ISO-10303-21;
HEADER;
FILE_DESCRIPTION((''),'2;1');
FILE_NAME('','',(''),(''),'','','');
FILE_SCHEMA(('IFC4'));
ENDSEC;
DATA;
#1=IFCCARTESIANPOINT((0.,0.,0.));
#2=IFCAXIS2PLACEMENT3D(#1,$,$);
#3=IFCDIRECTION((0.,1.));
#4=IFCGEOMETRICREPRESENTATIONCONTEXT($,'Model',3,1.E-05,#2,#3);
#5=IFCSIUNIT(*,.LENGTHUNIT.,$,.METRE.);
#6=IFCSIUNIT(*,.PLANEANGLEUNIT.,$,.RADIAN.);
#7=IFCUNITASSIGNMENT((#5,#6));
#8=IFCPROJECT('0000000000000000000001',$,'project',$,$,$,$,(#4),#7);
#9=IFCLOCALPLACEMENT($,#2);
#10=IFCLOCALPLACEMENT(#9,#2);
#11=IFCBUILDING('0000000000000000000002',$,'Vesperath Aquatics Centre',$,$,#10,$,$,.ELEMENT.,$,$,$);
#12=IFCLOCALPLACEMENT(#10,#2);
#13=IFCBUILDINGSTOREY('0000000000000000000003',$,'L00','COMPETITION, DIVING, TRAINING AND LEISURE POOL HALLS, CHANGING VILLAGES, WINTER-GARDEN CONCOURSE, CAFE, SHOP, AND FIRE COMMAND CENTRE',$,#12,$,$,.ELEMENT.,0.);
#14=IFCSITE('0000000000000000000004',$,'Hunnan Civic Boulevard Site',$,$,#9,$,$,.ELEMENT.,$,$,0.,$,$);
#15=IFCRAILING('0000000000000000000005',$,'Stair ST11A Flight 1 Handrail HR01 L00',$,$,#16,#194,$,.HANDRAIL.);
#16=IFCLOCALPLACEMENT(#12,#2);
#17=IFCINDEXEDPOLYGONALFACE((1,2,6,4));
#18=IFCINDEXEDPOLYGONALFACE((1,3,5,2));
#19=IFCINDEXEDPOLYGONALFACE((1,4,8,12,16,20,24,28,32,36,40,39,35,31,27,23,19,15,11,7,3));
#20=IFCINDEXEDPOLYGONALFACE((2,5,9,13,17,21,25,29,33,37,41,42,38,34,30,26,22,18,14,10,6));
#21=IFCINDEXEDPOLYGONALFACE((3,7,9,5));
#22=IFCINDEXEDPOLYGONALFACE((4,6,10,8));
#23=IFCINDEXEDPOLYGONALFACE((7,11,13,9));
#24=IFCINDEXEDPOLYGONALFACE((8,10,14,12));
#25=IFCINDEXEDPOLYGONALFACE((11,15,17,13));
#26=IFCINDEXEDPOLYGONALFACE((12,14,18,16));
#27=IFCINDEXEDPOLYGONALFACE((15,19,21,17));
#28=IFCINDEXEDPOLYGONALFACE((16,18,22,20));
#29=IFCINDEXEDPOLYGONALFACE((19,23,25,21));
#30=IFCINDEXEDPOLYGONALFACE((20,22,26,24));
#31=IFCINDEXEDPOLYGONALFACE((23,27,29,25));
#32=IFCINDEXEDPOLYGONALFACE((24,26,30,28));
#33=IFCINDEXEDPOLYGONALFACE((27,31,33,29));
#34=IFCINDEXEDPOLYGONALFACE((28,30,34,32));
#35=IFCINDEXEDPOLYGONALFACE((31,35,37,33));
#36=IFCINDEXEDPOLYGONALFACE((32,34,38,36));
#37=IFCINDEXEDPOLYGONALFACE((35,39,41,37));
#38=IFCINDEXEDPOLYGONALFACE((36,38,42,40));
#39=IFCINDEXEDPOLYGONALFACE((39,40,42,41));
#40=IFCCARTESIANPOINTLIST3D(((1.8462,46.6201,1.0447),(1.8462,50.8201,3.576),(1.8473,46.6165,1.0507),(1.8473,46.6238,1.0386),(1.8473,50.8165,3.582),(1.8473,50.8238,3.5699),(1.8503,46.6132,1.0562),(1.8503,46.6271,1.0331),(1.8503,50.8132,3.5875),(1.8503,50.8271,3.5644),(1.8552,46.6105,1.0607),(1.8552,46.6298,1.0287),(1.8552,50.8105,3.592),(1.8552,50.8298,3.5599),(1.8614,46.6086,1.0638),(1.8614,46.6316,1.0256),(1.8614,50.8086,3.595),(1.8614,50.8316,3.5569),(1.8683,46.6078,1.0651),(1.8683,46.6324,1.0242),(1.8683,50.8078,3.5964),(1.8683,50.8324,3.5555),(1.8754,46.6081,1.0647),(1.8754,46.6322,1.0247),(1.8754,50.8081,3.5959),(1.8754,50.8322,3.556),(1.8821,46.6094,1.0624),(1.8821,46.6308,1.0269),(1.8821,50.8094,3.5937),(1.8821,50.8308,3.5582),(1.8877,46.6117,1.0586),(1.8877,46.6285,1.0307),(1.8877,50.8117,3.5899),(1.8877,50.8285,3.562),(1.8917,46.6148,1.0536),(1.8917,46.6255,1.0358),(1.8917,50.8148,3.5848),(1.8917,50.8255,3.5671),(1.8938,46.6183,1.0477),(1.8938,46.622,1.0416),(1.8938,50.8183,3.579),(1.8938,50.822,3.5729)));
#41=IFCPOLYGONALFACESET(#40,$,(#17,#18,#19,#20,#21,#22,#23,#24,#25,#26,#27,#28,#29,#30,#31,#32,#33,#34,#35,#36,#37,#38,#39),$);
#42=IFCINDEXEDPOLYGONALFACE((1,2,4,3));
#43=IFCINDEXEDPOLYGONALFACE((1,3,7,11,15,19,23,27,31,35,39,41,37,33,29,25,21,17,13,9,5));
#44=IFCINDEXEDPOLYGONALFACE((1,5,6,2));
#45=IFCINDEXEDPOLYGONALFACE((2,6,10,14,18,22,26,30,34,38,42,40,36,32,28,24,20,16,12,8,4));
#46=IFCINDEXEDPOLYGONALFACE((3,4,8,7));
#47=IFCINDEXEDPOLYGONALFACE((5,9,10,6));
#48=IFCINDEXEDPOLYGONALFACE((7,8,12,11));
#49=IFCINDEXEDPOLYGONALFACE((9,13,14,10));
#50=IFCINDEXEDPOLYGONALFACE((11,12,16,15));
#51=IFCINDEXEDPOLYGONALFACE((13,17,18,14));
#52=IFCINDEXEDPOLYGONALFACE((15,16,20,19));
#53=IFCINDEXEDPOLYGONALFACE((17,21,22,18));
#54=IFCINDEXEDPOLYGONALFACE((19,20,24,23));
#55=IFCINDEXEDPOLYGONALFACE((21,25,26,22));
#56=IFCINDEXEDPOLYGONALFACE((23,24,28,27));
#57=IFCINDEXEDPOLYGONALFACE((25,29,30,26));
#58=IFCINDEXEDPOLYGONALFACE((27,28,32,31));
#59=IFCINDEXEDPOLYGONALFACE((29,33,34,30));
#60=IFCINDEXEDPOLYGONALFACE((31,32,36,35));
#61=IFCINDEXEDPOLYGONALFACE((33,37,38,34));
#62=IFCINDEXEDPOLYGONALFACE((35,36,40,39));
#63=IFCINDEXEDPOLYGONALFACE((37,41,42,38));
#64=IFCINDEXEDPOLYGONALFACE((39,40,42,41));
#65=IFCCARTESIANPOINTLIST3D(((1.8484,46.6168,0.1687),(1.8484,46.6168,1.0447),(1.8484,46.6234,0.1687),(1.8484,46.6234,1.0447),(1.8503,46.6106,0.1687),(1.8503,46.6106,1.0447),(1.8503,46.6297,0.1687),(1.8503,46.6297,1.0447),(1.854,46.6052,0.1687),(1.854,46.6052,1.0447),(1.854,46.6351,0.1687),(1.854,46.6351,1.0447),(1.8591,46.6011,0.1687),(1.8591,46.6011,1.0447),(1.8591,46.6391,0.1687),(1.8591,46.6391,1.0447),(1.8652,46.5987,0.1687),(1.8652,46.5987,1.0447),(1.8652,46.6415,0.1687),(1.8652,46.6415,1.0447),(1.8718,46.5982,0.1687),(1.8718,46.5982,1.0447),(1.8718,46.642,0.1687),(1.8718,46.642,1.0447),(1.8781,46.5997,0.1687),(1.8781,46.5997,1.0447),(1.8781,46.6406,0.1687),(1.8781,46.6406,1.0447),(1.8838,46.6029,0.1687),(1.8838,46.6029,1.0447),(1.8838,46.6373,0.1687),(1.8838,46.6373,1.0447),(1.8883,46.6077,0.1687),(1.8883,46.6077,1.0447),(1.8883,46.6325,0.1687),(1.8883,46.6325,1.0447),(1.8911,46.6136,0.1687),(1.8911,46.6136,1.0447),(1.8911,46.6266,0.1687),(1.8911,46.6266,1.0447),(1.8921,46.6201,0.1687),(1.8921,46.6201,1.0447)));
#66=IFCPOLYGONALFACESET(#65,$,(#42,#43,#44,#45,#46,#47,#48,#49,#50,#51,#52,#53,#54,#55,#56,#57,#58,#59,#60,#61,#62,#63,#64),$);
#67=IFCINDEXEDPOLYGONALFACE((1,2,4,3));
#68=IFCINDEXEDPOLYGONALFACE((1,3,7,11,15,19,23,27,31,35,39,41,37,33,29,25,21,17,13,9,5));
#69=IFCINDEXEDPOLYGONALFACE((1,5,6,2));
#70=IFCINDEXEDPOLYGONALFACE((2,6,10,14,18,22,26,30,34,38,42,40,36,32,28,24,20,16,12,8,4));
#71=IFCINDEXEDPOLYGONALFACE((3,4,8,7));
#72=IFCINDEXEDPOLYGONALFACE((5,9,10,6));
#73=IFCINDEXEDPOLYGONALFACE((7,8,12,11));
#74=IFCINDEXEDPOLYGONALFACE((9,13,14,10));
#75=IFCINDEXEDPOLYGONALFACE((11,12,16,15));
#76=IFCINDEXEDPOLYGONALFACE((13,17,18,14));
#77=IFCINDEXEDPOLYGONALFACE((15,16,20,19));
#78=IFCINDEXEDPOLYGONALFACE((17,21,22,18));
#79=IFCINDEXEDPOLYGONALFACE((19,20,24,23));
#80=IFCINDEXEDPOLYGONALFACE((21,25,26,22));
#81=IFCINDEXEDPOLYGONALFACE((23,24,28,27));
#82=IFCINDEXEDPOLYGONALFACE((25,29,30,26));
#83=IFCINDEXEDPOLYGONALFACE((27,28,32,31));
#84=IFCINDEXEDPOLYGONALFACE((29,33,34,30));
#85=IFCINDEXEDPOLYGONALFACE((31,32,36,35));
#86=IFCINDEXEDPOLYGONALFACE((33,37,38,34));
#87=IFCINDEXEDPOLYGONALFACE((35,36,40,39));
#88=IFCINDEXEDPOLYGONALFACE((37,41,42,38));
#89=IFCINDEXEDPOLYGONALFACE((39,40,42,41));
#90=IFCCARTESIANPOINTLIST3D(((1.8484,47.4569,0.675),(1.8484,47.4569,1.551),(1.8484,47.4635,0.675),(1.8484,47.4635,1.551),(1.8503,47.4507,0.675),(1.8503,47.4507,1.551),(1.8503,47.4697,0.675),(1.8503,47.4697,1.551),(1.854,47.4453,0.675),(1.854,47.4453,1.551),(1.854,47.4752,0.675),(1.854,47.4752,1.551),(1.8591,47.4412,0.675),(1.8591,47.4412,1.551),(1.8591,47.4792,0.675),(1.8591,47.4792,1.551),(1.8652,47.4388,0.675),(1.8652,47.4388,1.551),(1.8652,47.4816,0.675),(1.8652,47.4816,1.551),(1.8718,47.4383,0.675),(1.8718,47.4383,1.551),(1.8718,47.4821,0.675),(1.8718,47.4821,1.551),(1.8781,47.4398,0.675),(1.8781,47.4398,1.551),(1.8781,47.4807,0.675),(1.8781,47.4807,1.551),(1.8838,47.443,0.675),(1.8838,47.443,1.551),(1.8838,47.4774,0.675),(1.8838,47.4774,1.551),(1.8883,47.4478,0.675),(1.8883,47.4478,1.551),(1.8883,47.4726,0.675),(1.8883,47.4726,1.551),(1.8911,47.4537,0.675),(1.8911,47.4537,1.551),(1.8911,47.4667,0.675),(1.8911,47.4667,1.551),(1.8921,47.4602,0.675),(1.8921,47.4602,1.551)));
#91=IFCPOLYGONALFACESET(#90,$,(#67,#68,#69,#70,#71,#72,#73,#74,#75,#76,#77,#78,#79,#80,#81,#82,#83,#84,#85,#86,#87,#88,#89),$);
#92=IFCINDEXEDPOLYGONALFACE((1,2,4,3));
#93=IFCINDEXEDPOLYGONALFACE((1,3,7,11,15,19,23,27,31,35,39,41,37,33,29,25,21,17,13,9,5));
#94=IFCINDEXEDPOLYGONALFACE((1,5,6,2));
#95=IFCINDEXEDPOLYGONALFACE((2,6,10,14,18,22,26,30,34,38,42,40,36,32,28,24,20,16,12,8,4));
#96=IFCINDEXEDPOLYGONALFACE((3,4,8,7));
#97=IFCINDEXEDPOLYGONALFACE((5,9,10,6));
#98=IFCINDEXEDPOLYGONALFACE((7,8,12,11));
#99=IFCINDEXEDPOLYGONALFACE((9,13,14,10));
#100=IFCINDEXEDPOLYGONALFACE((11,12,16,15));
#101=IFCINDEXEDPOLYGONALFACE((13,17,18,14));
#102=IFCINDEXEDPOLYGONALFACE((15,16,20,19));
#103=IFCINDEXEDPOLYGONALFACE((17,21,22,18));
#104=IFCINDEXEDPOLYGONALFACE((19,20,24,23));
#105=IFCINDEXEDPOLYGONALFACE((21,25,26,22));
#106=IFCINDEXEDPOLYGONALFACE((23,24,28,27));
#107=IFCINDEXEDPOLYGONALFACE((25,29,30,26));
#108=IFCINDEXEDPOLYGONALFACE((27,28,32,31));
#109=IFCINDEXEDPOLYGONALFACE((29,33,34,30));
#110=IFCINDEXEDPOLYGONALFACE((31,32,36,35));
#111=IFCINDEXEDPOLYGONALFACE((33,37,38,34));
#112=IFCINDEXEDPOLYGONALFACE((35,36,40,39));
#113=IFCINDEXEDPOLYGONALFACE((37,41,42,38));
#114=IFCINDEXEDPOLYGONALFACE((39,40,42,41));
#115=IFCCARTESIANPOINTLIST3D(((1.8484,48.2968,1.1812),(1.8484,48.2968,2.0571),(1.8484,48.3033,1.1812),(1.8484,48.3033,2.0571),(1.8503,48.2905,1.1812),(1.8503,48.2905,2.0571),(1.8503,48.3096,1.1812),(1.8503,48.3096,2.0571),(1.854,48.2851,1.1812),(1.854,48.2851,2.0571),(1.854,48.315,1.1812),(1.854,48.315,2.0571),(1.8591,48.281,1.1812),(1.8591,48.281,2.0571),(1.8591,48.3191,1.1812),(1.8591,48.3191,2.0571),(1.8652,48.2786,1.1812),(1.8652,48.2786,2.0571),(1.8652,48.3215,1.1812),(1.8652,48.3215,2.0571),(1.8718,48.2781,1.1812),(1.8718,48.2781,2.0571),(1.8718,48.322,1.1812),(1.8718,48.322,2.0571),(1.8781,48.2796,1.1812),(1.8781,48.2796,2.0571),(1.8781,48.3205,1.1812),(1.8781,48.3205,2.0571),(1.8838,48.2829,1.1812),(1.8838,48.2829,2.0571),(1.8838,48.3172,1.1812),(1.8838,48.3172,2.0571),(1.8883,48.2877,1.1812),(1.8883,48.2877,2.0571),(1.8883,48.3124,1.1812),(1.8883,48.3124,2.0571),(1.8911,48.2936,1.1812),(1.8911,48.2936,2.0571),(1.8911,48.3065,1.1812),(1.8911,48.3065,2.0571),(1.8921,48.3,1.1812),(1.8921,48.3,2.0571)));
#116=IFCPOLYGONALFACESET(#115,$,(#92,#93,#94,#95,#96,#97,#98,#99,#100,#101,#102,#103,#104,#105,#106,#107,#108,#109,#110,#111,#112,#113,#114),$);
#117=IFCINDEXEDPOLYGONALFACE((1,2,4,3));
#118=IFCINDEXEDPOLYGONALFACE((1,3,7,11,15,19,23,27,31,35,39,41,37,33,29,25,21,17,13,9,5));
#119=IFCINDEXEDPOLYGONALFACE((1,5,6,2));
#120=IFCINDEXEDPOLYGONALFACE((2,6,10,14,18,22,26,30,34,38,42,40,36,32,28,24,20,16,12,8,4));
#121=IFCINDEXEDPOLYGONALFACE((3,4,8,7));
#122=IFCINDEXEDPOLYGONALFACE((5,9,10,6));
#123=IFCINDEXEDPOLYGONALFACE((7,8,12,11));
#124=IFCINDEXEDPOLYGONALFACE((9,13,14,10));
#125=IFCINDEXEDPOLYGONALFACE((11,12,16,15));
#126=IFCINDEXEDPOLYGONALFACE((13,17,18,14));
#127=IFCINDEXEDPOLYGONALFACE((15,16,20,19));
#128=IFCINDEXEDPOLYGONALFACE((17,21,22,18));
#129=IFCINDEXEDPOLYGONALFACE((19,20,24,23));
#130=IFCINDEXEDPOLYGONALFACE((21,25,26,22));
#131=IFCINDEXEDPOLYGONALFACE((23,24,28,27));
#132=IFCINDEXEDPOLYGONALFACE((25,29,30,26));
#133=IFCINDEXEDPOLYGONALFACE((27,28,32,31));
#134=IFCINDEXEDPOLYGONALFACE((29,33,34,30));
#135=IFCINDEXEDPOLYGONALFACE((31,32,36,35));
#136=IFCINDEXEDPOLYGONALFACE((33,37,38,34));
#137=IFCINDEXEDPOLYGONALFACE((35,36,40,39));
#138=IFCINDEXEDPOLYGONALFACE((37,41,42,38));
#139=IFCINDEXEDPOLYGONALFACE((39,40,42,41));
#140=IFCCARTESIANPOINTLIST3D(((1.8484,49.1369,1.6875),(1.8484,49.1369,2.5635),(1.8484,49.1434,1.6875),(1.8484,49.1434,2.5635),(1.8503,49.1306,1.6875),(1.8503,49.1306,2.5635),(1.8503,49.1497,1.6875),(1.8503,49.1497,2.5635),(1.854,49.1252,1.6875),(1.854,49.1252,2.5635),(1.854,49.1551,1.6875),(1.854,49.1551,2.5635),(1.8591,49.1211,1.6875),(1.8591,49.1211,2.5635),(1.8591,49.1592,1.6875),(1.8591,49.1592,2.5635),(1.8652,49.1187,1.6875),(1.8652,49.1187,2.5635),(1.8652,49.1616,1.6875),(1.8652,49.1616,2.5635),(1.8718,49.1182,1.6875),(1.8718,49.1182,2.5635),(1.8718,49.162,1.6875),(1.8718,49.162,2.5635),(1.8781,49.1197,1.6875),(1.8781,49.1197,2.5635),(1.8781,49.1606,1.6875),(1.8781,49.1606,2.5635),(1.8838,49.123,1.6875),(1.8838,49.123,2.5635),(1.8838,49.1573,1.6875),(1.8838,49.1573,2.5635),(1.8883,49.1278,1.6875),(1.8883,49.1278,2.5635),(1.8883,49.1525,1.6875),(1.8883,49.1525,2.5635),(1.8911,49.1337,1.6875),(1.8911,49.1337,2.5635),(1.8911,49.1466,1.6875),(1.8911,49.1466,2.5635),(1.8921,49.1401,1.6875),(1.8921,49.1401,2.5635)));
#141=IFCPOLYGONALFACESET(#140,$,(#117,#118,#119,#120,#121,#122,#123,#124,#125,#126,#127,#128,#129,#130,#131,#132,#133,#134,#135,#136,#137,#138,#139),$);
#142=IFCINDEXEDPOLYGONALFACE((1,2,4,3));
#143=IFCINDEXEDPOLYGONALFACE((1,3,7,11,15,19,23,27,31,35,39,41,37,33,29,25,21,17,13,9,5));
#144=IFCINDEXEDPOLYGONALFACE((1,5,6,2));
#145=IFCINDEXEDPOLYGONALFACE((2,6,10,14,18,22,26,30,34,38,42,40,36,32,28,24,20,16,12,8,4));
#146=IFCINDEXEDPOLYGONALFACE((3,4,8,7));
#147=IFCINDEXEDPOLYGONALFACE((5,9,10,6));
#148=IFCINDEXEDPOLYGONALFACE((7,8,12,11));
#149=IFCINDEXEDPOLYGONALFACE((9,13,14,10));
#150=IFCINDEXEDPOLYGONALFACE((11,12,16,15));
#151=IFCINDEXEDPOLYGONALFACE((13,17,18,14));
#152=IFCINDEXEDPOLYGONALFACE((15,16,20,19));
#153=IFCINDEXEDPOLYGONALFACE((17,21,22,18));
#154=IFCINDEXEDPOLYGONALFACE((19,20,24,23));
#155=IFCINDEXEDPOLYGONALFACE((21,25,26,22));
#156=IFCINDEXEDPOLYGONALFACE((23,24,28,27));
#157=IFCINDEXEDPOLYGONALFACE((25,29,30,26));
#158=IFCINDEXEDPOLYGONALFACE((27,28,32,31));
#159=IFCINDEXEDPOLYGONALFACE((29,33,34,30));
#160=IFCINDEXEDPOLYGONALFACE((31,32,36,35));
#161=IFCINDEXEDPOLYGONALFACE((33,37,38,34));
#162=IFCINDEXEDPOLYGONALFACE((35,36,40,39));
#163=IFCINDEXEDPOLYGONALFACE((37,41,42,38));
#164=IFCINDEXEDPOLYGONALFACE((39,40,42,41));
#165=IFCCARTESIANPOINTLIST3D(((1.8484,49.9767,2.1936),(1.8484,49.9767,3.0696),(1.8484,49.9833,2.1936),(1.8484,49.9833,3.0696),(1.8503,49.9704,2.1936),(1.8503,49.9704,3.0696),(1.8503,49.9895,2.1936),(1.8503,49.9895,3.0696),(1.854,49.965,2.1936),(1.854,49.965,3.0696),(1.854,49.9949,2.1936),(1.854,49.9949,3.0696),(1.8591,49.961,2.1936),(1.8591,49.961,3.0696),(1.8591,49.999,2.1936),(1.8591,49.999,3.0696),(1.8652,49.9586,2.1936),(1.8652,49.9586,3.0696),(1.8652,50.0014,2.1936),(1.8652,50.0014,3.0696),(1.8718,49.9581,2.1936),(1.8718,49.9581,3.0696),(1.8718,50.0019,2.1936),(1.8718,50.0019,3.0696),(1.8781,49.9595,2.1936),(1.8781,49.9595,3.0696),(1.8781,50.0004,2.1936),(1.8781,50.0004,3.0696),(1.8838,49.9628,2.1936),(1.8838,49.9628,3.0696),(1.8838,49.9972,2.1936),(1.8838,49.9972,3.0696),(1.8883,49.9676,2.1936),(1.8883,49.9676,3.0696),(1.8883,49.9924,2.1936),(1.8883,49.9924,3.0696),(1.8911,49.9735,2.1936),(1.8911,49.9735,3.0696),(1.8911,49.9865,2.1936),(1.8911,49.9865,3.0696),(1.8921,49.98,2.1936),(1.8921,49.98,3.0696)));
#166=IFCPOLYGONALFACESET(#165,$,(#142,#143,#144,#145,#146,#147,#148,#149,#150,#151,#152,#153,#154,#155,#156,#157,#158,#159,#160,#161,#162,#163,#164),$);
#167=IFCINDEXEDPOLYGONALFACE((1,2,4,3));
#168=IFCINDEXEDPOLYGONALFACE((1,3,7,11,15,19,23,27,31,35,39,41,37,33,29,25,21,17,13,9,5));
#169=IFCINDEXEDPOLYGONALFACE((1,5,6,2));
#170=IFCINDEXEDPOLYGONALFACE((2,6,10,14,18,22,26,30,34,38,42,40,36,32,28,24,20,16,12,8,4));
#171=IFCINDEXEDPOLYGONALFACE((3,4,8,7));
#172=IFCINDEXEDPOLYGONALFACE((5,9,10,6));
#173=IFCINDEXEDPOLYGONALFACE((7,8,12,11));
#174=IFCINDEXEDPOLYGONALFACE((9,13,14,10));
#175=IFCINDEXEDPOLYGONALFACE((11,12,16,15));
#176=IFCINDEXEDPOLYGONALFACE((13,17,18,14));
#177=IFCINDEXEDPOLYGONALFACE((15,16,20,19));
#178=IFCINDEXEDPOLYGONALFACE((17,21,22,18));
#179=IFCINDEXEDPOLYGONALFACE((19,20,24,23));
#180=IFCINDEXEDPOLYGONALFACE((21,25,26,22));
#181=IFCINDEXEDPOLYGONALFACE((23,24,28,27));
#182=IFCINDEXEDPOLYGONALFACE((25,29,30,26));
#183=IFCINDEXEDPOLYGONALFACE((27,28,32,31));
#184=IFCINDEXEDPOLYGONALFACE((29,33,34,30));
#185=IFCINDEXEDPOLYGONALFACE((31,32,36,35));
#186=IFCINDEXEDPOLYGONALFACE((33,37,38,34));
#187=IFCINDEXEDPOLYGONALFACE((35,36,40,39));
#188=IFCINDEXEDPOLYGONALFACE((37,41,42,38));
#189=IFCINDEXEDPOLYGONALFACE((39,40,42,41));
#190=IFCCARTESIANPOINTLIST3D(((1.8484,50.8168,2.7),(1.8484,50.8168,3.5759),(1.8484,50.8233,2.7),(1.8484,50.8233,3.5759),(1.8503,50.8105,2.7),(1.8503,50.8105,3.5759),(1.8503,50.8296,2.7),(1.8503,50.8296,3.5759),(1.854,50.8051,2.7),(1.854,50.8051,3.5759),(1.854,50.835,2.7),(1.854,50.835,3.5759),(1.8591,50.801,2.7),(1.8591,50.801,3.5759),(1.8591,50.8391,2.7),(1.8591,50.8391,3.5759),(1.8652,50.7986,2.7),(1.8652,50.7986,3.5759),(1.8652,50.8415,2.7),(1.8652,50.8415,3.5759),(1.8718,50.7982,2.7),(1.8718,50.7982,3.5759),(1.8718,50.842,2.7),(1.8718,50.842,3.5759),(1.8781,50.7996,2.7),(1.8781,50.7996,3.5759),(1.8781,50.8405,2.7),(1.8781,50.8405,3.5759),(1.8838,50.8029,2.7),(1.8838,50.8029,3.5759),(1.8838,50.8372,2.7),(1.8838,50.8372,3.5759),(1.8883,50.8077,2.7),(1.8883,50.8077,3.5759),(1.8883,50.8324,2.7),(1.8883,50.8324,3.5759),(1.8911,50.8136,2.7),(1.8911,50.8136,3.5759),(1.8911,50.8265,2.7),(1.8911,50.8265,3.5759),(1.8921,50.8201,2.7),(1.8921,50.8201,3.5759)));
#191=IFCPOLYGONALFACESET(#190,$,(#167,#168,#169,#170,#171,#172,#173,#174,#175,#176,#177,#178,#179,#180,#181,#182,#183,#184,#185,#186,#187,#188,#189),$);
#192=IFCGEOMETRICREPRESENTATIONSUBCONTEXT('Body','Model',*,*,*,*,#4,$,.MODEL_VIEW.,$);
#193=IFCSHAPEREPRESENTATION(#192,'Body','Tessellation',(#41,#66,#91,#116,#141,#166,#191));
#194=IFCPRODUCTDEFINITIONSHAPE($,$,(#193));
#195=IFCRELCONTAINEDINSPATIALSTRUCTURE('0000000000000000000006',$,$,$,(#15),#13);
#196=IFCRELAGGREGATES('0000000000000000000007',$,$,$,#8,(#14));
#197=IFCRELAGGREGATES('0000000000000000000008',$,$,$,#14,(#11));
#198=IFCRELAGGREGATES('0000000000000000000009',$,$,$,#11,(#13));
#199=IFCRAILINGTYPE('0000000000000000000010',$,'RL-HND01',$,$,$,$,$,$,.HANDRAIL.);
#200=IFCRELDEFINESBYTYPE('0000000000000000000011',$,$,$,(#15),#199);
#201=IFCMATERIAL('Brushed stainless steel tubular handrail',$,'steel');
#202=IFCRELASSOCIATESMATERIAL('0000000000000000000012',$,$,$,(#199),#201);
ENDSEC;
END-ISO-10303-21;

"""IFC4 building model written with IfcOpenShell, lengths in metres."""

from ifc_helpers import new_model, si_unit, direction, frame, origin, origin_2d, place, context, subcontext, project, spatial, circle, extrude, material, type_object, element, save


model = new_model("IFC4")

# Units and contexts
model_context = context("Model", 3, precision=1e-05, world=origin(), true_north=direction((0.0, 1.0)))
body_context = subcontext(model_context, "Body", "Model", "MODEL_VIEW")
ifc_project = project(units=[si_unit("LENGTHUNIT", "METRE"), si_unit("PLANEANGLEUNIT", "RADIAN")], contexts=[model_context])

# Site, building, storey
site_placement = place(None, origin())
site = spatial("IfcSite", under=ifc_project, at=site_placement, Name="Hunnan Civic Boulevard Site", CompositionType="ELEMENT", RefElevation=0.0)
building_placement = place(site_placement, origin())
building = spatial("IfcBuilding", under=site, at=building_placement, Name="Vesperath Aquatics Centre", CompositionType="ELEMENT")
storey_placement = place(building_placement, origin())
storey = spatial("IfcBuildingStorey", under=building, at=storey_placement, Name="L00", Description="COMPETITION, DIVING, TRAINING AND LEISURE POOL HALLS, CHANGING VILLAGES, WINTER-GARDEN CONCOURSE, CAFE, SHOP, AND FIRE COMMAND CENTRE", CompositionType="ELEMENT", Elevation=0.0)

# Railing
ifc_material_1 = material(Name="Brushed stainless steel tubular handrail", Category="steel")
railing_type_1 = type_object("IfcRailingType", Name="RL-HND01", PredefinedType="HANDRAIL", material=ifc_material_1)
railing_1_placement = place(storey_placement, frame((1.8701, 46.6201, 0.1687)))
element("IfcRailing", 1, at=railing_1_placement, inside=storey, type_object=railing_type_1, Name="Stair ST11A Flight 1 Handrail HR01 L00", PredefinedType="HANDRAIL", context=body_context, shape_type="SweptSolid", body=[
    extrude(circle(Radius=0.0239, at=origin_2d()), frame((0.0, 0.0, 0.876), z_axis=(0.0, 0.856476, 0.516186), x_axis=(-1.0, 0.0, 0.0)), (0.0, 0.0, 1.0), 4.9038),
    extrude(circle(Radius=0.022, at=origin_2d()), origin(), (0.0, 0.0, 1.0), 0.876),
    extrude(circle(Radius=0.022, at=origin_2d()), frame((0.0, 0.8401, 0.5063)), (0.0, 0.0, 1.0), 0.876),
    extrude(circle(Radius=0.022, at=origin_2d()), frame((0.0, 1.6799, 1.0125)), (0.0, 0.0, 1.0), 0.876),
    extrude(circle(Radius=0.022, at=origin_2d()), frame((0.0, 2.52, 1.5188)), (0.0, 0.0, 1.0), 0.876),
    extrude(circle(Radius=0.022, at=origin_2d()), frame((0.0, 3.3599, 2.0249)), (0.0, 0.0, 1.0), 0.876),
    extrude(circle(Radius=0.022, at=origin_2d()), frame((0.0, 4.2, 2.5312)), (0.0, 0.0, 1.0), 0.876),
])

save(model, "model.ifc")
